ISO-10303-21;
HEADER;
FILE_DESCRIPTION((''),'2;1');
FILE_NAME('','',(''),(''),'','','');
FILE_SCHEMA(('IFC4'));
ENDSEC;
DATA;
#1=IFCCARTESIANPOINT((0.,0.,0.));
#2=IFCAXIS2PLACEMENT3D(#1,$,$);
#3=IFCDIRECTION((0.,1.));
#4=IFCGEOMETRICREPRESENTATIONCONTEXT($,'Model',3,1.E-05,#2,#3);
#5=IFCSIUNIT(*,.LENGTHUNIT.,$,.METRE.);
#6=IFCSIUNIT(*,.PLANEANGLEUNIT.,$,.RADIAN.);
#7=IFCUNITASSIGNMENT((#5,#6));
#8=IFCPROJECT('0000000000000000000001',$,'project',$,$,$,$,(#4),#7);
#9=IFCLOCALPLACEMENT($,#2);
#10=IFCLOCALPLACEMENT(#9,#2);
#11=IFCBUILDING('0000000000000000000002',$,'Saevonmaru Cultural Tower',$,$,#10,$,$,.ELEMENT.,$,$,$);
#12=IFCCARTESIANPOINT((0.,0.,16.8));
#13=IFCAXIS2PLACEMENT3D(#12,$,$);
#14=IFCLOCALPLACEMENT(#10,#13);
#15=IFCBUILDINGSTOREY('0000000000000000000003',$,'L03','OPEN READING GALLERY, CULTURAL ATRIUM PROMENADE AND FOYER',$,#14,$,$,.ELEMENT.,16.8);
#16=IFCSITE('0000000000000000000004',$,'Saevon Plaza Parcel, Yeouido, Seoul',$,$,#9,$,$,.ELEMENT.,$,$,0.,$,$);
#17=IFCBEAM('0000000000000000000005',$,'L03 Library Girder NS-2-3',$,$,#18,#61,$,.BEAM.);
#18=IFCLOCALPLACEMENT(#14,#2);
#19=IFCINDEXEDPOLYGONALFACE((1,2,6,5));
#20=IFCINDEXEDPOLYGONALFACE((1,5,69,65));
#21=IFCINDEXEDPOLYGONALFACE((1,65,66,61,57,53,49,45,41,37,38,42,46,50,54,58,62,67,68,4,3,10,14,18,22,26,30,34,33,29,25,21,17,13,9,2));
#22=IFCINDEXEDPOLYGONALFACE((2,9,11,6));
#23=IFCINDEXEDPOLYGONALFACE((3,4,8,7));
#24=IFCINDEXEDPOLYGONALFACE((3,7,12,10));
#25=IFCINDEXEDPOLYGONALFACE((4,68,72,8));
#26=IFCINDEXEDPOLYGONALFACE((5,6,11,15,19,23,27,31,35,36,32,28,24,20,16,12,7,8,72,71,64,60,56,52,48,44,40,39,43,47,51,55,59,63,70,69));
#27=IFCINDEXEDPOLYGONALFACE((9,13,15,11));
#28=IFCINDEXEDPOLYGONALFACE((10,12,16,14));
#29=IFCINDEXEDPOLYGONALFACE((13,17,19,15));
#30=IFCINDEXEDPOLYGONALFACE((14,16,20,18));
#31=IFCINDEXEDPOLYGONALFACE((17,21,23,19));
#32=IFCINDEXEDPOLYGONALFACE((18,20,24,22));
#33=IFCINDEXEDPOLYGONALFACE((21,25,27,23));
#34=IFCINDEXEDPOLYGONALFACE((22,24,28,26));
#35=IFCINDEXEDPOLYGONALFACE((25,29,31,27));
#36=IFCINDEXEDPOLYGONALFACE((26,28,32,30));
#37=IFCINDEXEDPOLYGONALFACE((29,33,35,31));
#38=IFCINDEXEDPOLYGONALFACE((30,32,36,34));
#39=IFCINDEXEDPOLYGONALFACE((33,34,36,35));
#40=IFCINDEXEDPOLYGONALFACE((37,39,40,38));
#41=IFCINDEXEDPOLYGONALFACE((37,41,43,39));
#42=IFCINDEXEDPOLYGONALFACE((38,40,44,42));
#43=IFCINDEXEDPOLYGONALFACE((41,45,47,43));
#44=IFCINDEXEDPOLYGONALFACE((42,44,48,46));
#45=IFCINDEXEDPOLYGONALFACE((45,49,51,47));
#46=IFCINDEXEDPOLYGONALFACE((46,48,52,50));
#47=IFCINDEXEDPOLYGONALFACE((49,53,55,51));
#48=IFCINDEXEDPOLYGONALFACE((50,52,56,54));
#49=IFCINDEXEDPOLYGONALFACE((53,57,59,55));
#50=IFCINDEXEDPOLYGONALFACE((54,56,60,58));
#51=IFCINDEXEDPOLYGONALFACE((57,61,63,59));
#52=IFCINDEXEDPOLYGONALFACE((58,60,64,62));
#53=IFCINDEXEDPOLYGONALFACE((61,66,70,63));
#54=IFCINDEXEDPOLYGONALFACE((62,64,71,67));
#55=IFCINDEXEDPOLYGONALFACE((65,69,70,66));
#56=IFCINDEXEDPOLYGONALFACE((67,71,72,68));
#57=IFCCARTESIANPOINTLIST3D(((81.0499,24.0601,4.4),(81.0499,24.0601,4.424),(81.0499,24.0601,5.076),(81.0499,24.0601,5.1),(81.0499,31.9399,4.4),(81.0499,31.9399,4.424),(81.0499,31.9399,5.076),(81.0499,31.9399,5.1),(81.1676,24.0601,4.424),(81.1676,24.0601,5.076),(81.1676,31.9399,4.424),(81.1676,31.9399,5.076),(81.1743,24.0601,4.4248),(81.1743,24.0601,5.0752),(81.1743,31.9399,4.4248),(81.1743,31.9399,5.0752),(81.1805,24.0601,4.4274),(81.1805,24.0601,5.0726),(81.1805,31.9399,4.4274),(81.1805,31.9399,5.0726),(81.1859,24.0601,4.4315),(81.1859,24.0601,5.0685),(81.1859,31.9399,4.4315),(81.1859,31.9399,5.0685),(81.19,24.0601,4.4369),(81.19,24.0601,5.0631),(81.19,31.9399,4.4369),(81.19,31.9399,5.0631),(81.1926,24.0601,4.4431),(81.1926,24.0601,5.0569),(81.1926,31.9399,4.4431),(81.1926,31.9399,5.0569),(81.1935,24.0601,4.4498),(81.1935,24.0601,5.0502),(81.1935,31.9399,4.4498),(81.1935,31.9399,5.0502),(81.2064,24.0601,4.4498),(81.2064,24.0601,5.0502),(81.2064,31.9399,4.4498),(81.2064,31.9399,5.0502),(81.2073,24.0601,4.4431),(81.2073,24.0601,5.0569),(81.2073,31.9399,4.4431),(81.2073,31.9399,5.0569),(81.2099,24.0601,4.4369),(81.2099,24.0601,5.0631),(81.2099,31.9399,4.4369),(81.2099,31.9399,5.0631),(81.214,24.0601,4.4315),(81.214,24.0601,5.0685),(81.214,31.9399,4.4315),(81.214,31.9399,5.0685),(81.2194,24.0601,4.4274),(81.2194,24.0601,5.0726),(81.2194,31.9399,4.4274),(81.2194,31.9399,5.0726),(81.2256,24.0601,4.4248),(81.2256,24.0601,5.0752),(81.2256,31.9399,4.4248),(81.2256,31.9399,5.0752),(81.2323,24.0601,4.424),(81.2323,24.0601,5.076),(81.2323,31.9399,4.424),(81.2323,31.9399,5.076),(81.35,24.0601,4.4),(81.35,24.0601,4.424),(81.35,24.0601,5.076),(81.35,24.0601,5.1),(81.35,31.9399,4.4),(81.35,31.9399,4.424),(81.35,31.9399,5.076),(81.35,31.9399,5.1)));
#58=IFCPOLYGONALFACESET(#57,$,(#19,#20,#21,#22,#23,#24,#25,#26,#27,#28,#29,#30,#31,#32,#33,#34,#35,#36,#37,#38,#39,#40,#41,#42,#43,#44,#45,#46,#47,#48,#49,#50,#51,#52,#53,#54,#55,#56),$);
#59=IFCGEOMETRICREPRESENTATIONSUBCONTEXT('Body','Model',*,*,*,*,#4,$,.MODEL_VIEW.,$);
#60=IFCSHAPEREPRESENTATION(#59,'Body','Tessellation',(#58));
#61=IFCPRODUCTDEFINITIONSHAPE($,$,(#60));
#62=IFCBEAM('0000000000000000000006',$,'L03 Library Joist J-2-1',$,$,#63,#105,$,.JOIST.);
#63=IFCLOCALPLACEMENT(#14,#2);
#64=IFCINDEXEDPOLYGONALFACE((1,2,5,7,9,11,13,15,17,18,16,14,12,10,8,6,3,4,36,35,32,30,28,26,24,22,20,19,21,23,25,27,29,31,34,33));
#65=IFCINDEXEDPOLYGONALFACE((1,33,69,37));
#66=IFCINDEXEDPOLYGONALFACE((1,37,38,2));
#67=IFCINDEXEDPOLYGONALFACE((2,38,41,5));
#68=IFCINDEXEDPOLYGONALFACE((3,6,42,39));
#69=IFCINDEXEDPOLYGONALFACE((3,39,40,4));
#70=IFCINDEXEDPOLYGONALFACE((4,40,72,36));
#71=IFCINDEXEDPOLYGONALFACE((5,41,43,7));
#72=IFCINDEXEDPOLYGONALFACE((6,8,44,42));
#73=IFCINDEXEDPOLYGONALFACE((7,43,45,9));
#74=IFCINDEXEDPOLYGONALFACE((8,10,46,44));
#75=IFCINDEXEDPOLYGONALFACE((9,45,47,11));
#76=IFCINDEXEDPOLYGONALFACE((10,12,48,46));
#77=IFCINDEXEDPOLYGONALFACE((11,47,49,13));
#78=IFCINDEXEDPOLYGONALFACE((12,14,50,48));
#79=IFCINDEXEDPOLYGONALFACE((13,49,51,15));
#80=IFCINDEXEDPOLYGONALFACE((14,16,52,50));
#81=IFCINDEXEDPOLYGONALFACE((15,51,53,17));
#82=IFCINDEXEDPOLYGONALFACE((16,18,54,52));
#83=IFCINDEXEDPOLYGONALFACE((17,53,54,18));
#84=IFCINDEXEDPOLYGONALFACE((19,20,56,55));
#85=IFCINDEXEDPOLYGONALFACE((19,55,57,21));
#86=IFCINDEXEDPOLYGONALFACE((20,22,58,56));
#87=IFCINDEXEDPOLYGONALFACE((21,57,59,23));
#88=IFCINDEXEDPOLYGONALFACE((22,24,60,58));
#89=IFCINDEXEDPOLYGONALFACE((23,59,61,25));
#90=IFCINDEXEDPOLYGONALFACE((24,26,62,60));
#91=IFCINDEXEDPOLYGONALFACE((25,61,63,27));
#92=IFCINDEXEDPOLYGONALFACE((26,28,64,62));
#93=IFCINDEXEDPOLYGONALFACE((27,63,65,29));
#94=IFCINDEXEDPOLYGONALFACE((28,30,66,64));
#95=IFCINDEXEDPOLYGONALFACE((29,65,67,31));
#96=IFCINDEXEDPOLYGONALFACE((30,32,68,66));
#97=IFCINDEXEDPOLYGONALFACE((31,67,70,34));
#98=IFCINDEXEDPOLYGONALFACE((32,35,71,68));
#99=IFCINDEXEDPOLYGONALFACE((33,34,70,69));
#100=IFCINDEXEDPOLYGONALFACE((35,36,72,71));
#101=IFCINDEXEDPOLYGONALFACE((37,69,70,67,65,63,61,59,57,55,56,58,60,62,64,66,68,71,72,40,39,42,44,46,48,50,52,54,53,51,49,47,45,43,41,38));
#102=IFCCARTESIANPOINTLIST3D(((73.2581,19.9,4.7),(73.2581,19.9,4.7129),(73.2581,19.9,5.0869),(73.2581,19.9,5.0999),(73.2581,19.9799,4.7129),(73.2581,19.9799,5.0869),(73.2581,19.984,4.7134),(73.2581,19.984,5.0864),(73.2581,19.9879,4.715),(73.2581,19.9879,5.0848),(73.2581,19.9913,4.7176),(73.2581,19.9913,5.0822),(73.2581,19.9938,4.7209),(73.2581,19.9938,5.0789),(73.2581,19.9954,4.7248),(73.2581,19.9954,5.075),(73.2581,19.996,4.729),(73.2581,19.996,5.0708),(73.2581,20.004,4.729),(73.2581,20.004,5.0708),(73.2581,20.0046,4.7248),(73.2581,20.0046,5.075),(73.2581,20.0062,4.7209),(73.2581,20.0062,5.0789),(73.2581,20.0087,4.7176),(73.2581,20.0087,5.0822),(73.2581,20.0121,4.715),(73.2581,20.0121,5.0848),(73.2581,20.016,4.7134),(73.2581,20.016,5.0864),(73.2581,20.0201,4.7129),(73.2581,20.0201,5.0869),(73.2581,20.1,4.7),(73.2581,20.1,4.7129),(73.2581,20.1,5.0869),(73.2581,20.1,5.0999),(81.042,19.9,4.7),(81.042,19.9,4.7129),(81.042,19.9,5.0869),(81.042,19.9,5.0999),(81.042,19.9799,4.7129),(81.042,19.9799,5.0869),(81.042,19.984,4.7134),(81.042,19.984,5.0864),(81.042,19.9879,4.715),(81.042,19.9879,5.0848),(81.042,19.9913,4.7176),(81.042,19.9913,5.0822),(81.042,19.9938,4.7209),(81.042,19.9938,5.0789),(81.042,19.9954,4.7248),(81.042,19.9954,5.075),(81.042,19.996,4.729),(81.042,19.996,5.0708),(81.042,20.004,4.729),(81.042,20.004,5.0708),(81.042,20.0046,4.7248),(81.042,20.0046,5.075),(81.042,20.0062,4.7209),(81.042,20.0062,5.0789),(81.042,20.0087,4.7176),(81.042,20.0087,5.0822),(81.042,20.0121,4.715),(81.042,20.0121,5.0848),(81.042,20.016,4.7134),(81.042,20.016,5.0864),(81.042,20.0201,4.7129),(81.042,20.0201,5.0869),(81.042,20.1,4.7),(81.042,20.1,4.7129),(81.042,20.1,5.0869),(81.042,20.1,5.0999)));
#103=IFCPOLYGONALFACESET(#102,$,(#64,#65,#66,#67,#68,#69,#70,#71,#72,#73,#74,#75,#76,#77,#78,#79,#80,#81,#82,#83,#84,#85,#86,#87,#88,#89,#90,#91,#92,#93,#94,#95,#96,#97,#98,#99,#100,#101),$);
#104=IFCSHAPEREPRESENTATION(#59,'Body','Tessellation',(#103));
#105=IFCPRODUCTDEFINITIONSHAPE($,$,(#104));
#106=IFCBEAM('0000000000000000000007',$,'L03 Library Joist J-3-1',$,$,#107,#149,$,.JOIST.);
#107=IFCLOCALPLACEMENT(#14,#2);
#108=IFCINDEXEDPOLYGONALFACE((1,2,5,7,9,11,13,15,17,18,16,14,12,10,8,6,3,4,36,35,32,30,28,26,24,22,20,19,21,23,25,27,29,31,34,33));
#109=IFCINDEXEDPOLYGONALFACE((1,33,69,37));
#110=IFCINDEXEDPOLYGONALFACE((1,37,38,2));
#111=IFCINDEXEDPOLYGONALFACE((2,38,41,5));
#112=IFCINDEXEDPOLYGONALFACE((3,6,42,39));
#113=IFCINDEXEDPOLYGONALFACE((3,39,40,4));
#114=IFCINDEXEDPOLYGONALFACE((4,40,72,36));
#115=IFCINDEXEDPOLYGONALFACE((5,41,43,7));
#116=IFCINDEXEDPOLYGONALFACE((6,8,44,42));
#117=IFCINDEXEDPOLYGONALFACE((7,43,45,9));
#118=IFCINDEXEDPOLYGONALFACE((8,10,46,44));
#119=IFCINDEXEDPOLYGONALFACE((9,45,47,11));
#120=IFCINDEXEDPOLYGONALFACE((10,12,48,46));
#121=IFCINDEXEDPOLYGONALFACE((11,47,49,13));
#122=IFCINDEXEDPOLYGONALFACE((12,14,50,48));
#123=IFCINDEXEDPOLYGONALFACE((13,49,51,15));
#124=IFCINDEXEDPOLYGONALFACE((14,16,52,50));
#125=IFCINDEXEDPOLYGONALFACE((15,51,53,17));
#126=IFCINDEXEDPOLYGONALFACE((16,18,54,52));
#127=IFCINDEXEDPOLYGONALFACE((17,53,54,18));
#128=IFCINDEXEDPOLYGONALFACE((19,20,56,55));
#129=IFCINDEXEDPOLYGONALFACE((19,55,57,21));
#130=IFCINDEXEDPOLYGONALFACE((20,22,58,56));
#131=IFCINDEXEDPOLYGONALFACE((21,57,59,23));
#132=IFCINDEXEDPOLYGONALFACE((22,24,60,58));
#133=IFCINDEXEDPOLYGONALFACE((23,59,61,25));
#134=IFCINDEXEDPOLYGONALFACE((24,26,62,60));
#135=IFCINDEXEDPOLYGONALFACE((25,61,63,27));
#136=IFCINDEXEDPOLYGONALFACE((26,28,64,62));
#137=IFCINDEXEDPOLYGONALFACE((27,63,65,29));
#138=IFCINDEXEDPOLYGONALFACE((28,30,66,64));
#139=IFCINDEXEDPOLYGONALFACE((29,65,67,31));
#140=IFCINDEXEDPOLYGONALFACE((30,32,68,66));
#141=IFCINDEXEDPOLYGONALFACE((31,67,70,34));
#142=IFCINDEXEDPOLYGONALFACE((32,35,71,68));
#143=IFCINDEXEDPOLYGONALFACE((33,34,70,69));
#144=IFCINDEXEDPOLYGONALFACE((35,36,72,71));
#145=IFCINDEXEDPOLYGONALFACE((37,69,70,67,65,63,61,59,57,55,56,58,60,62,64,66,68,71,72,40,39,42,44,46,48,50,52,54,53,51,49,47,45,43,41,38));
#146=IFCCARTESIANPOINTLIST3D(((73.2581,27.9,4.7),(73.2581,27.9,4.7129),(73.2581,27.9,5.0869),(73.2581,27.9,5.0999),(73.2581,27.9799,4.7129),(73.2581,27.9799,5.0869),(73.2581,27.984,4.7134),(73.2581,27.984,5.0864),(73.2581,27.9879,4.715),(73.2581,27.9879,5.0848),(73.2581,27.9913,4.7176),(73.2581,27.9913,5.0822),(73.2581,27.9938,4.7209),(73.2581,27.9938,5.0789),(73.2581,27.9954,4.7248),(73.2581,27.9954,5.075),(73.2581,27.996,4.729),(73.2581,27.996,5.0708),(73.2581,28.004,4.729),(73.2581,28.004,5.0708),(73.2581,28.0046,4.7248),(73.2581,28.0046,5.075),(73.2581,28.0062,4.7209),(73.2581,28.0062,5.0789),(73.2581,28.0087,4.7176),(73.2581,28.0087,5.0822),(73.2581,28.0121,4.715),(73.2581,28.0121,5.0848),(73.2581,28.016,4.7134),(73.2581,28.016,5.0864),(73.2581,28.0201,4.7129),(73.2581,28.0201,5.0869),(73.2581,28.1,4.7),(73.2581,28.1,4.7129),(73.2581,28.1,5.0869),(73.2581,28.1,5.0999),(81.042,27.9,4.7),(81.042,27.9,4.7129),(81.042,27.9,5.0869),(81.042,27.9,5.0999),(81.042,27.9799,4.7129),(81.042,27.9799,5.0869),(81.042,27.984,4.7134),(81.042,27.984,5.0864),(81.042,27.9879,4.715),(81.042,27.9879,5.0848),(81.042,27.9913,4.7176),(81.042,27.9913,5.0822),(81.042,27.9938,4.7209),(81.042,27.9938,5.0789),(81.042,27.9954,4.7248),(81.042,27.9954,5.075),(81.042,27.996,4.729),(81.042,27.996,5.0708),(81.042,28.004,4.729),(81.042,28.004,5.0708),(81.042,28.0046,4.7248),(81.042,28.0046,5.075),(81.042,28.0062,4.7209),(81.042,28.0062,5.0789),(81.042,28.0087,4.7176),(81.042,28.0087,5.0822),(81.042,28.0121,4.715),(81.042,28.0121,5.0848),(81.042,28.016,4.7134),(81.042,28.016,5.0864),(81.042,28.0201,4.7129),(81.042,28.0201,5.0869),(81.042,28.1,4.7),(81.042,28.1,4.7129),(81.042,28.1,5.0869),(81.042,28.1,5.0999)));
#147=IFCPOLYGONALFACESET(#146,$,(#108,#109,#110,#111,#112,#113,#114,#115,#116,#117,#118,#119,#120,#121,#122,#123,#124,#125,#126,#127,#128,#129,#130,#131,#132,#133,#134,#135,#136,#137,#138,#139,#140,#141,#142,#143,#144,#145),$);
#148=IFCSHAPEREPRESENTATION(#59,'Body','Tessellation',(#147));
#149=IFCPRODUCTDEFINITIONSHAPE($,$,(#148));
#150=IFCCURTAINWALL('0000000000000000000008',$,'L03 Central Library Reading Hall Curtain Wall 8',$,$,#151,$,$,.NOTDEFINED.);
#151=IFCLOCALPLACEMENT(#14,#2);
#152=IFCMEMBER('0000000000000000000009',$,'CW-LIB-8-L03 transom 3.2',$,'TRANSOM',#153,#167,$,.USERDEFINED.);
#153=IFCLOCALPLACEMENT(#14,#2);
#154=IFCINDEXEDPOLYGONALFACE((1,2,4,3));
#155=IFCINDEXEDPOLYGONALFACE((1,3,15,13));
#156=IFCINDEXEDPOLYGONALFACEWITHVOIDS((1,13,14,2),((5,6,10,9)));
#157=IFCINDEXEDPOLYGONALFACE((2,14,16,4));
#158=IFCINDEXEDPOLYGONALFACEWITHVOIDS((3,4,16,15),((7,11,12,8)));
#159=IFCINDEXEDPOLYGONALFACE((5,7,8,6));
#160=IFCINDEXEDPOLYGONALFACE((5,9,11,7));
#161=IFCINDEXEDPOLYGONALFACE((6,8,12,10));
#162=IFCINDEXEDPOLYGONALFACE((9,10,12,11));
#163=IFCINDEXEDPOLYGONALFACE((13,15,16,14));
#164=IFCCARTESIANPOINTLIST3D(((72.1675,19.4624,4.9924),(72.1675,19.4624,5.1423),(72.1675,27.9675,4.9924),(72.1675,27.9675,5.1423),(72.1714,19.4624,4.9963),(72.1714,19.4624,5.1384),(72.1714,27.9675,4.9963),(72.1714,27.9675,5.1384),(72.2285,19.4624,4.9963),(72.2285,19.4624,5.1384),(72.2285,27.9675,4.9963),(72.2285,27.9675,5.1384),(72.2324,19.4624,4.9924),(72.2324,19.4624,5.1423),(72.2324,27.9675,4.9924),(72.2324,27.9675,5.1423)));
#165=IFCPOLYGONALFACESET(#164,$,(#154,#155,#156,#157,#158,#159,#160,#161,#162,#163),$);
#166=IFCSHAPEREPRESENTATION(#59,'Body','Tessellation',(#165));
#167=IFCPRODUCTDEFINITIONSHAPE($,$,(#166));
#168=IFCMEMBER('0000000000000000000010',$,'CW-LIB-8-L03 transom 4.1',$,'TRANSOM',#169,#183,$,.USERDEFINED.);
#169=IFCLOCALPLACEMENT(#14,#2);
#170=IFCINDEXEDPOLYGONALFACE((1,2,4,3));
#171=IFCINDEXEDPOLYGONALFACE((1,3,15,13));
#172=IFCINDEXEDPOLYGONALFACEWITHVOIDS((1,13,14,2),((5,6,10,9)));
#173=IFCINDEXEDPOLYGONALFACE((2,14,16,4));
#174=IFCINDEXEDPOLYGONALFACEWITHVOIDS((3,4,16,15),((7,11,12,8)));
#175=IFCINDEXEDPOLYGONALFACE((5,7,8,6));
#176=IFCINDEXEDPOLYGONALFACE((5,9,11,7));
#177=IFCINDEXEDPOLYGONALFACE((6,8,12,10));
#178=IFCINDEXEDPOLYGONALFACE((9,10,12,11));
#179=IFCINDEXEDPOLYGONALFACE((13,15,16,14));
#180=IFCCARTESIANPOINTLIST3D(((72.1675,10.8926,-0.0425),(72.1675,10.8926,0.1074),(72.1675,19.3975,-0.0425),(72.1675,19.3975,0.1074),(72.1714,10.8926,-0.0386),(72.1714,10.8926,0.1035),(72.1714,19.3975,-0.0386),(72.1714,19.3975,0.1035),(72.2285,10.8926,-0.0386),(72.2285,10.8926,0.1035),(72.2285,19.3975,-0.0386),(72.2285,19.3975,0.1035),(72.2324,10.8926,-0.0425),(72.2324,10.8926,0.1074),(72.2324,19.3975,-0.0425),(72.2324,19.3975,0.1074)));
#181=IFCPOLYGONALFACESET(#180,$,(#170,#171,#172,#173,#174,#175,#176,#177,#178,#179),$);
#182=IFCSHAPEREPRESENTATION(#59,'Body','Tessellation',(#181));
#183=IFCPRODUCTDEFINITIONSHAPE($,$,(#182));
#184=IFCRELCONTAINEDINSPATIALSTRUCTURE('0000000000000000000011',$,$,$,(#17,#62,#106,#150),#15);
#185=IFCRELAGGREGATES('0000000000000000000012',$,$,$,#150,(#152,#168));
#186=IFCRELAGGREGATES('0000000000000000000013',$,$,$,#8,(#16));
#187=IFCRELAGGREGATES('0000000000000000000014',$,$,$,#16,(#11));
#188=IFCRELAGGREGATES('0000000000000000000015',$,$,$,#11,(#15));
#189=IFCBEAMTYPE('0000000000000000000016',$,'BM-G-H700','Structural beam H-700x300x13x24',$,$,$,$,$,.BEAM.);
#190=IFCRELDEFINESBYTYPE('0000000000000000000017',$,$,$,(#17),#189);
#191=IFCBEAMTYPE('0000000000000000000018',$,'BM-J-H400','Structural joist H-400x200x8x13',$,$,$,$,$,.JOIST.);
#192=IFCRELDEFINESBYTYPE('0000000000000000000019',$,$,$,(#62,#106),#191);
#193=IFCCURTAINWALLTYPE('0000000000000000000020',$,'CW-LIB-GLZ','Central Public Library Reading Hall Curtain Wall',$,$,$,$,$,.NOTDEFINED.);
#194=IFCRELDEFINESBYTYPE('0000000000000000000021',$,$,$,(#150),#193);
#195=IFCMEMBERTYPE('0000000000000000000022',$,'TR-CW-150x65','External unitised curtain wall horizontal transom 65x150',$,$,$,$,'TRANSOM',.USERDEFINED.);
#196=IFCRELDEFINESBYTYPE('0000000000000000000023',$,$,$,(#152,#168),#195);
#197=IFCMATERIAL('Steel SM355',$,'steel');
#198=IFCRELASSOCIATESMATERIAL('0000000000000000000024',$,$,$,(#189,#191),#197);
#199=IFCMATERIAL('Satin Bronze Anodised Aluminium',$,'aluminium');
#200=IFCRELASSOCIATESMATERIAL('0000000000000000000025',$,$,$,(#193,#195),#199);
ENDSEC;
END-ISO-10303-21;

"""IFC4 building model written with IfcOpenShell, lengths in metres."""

from ifc_helpers import new_model, si_unit, direction, frame, origin, origin_2d, place, context, subcontext, project, spatial, hollow_rectangle, i_section, extrude, material, material_profile, profile_set, type_object, element, aggregate, save


model = new_model("IFC4")

# Units and contexts
model_context = context("Model", 3, precision=1e-05, world=origin(), true_north=direction((0.0, 1.0)))
body_context = subcontext(model_context, "Body", "Model", "MODEL_VIEW")
ifc_project = project(units=[si_unit("LENGTHUNIT", "METRE"), si_unit("PLANEANGLEUNIT", "RADIAN")], contexts=[model_context])

# Site, building, storey
site_placement = place(None, origin())
site = spatial("IfcSite", under=ifc_project, at=site_placement, Name="Saevon Plaza Parcel, Yeouido, Seoul", CompositionType="ELEMENT", RefElevation=0.0)
building_placement = place(site_placement, origin())
building = spatial("IfcBuilding", under=site, at=building_placement, Name="Saevonmaru Cultural Tower", CompositionType="ELEMENT")
storey_placement = place(building_placement, frame((0.0, 0.0, 16.8)))
storey = spatial("IfcBuildingStorey", under=building, at=storey_placement, Name="L03", Description="OPEN READING GALLERY, CULTURAL ATRIUM PROMENADE AND FOYER", CompositionType="ELEMENT", Elevation=16.8)

# Shared definitions
ifc_material_1 = material(Name="Steel SM355", Category="steel")

# Beams
ifc_material_profile_1 = material_profile(ifc_material_1, i_section(OverallWidth=0.3, OverallDepth=0.7, WebThickness=0.0129, FlangeThickness=0.0239, FilletRadius=0.0259, at=origin_2d()), Name="H-700x300x13x24")
ifc_profile_set_1 = profile_set([ifc_material_profile_1], Name="Steel SM355")
beam_type_1 = type_object("IfcBeamType", Name="BM-G-H700", Description="Structural beam H-700x300x13x24", PredefinedType="BEAM", material=ifc_profile_set_1)
for number, where, z_axis, x_axis, name in (
    (1, (81.2, 24.0601, 4.75), (0.0, 1.0, 0.0), (-1.0, 0.0, 0.0), "L03 Library Girder NS-2-3"),
):
    element("IfcBeam", number, at=place(storey_placement, frame(where, z_axis=z_axis, x_axis=x_axis)), inside=storey, type_object=beam_type_1, Name=name, PredefinedType="BEAM", context=body_context, shape_type="SweptSolid", body=[
        extrude(i_section(OverallWidth=0.3, OverallDepth=0.7, WebThickness=0.0129, FlangeThickness=0.0239, FilletRadius=0.0259, at=origin_2d()), origin(), (0.0, 0.0, 1.0), 7.8799),
    ])
ifc_material_profile_2 = material_profile(ifc_material_1, i_section(OverallWidth=0.2, OverallDepth=0.3999, WebThickness=0.0081, FlangeThickness=0.0129, FilletRadius=0.0161, at=origin_2d()), Name="H-400x200x8x13")
ifc_profile_set_2 = profile_set([ifc_material_profile_2], Name="Steel SM355")
beam_type_2 = type_object("IfcBeamType", Name="BM-J-H400", Description="Structural joist H-400x200x8x13", PredefinedType="JOIST", material=ifc_profile_set_2)
for number, where, z_axis, x_axis, name in (
    (2, (73.2581, 20.0, 4.8999), (1.0, 0.0, 0.0), (0.0, 1.0, 0.0), "L03 Library Joist J-2-1"),
    (3, (73.2581, 28.0, 4.8999), (1.0, 0.0, 0.0), (0.0, 1.0, 0.0), "L03 Library Joist J-3-1"),
):
    element("IfcBeam", number, at=place(storey_placement, frame(where, z_axis=z_axis, x_axis=x_axis)), inside=storey, type_object=beam_type_2, Name=name, PredefinedType="JOIST", context=body_context, shape_type="SweptSolid", body=[
        extrude(i_section(OverallWidth=0.2, OverallDepth=0.3999, WebThickness=0.0081, FlangeThickness=0.0129, FilletRadius=0.0161, at=origin_2d()), origin(), (0.0, 0.0, 1.0), 7.7839),
    ])

# Curtain wall, members
ifc_material_2 = material(Name="Satin Bronze Anodised Aluminium", Category="aluminium")
curtain_wall_type = type_object("IfcCurtainWallType", Name="CW-LIB-GLZ", Description="Central Public Library Reading Hall Curtain Wall", PredefinedType="NOTDEFINED", material=ifc_material_2)
curtain_wall_placement = place(storey_placement, origin())
curtain_wall = element("IfcCurtainWall", 4, at=curtain_wall_placement, inside=storey, type_object=curtain_wall_type, Name="L03 Central Library Reading Hall Curtain Wall 8", PredefinedType="NOTDEFINED")
ifc_material_profile_3 = material_profile(ifc_material_2, hollow_rectangle(XDim=0.0649, YDim=0.1499, WallThickness=0.0039, at=origin_2d()), Name="ALU-TRAN-150x65x4")
ifc_profile_set_3 = profile_set([ifc_material_profile_3], Name="Satin Bronze Anodised Aluminium")
member_type = type_object("IfcMemberType", Name="TR-CW-150x65", Description="External unitised curtain wall horizontal transom 65x150", ElementType="TRANSOM", PredefinedType="USERDEFINED", material=ifc_profile_set_3)
member_1_placement = place(storey_placement, frame((72.2, 27.9675, 5.0674), z_axis=(0.0, -1.0, 0.0), x_axis=(1.0, 0.0, 0.0)))
member_1 = element("IfcMember", 5, at=member_1_placement, type_object=member_type, Name="CW-LIB-8-L03 transom 3.2", ObjectType="TRANSOM", PredefinedType="USERDEFINED", context=body_context, shape_type="SweptSolid", body=[
    extrude(hollow_rectangle(XDim=0.0649, YDim=0.1499, WallThickness=0.0039, at=origin_2d()), origin(), (0.0, 0.0, 1.0), 8.5051),
])
member_2_placement = place(storey_placement, frame((72.2, 19.3975, 0.0325), z_axis=(0.0, -1.0, 0.0), x_axis=(1.0, 0.0, 0.0)))
member_2 = element("IfcMember", 6, at=member_2_placement, type_object=member_type, Name="CW-LIB-8-L03 transom 4.1", ObjectType="TRANSOM", PredefinedType="USERDEFINED", context=body_context, shape_type="SweptSolid", body=[
    extrude(hollow_rectangle(XDim=0.0649, YDim=0.1499, WallThickness=0.0039, at=origin_2d()), origin(), (0.0, 0.0, 1.0), 8.5049),
])
aggregate(curtain_wall, [member_1, member_2])

save(model, "model.ifc")
